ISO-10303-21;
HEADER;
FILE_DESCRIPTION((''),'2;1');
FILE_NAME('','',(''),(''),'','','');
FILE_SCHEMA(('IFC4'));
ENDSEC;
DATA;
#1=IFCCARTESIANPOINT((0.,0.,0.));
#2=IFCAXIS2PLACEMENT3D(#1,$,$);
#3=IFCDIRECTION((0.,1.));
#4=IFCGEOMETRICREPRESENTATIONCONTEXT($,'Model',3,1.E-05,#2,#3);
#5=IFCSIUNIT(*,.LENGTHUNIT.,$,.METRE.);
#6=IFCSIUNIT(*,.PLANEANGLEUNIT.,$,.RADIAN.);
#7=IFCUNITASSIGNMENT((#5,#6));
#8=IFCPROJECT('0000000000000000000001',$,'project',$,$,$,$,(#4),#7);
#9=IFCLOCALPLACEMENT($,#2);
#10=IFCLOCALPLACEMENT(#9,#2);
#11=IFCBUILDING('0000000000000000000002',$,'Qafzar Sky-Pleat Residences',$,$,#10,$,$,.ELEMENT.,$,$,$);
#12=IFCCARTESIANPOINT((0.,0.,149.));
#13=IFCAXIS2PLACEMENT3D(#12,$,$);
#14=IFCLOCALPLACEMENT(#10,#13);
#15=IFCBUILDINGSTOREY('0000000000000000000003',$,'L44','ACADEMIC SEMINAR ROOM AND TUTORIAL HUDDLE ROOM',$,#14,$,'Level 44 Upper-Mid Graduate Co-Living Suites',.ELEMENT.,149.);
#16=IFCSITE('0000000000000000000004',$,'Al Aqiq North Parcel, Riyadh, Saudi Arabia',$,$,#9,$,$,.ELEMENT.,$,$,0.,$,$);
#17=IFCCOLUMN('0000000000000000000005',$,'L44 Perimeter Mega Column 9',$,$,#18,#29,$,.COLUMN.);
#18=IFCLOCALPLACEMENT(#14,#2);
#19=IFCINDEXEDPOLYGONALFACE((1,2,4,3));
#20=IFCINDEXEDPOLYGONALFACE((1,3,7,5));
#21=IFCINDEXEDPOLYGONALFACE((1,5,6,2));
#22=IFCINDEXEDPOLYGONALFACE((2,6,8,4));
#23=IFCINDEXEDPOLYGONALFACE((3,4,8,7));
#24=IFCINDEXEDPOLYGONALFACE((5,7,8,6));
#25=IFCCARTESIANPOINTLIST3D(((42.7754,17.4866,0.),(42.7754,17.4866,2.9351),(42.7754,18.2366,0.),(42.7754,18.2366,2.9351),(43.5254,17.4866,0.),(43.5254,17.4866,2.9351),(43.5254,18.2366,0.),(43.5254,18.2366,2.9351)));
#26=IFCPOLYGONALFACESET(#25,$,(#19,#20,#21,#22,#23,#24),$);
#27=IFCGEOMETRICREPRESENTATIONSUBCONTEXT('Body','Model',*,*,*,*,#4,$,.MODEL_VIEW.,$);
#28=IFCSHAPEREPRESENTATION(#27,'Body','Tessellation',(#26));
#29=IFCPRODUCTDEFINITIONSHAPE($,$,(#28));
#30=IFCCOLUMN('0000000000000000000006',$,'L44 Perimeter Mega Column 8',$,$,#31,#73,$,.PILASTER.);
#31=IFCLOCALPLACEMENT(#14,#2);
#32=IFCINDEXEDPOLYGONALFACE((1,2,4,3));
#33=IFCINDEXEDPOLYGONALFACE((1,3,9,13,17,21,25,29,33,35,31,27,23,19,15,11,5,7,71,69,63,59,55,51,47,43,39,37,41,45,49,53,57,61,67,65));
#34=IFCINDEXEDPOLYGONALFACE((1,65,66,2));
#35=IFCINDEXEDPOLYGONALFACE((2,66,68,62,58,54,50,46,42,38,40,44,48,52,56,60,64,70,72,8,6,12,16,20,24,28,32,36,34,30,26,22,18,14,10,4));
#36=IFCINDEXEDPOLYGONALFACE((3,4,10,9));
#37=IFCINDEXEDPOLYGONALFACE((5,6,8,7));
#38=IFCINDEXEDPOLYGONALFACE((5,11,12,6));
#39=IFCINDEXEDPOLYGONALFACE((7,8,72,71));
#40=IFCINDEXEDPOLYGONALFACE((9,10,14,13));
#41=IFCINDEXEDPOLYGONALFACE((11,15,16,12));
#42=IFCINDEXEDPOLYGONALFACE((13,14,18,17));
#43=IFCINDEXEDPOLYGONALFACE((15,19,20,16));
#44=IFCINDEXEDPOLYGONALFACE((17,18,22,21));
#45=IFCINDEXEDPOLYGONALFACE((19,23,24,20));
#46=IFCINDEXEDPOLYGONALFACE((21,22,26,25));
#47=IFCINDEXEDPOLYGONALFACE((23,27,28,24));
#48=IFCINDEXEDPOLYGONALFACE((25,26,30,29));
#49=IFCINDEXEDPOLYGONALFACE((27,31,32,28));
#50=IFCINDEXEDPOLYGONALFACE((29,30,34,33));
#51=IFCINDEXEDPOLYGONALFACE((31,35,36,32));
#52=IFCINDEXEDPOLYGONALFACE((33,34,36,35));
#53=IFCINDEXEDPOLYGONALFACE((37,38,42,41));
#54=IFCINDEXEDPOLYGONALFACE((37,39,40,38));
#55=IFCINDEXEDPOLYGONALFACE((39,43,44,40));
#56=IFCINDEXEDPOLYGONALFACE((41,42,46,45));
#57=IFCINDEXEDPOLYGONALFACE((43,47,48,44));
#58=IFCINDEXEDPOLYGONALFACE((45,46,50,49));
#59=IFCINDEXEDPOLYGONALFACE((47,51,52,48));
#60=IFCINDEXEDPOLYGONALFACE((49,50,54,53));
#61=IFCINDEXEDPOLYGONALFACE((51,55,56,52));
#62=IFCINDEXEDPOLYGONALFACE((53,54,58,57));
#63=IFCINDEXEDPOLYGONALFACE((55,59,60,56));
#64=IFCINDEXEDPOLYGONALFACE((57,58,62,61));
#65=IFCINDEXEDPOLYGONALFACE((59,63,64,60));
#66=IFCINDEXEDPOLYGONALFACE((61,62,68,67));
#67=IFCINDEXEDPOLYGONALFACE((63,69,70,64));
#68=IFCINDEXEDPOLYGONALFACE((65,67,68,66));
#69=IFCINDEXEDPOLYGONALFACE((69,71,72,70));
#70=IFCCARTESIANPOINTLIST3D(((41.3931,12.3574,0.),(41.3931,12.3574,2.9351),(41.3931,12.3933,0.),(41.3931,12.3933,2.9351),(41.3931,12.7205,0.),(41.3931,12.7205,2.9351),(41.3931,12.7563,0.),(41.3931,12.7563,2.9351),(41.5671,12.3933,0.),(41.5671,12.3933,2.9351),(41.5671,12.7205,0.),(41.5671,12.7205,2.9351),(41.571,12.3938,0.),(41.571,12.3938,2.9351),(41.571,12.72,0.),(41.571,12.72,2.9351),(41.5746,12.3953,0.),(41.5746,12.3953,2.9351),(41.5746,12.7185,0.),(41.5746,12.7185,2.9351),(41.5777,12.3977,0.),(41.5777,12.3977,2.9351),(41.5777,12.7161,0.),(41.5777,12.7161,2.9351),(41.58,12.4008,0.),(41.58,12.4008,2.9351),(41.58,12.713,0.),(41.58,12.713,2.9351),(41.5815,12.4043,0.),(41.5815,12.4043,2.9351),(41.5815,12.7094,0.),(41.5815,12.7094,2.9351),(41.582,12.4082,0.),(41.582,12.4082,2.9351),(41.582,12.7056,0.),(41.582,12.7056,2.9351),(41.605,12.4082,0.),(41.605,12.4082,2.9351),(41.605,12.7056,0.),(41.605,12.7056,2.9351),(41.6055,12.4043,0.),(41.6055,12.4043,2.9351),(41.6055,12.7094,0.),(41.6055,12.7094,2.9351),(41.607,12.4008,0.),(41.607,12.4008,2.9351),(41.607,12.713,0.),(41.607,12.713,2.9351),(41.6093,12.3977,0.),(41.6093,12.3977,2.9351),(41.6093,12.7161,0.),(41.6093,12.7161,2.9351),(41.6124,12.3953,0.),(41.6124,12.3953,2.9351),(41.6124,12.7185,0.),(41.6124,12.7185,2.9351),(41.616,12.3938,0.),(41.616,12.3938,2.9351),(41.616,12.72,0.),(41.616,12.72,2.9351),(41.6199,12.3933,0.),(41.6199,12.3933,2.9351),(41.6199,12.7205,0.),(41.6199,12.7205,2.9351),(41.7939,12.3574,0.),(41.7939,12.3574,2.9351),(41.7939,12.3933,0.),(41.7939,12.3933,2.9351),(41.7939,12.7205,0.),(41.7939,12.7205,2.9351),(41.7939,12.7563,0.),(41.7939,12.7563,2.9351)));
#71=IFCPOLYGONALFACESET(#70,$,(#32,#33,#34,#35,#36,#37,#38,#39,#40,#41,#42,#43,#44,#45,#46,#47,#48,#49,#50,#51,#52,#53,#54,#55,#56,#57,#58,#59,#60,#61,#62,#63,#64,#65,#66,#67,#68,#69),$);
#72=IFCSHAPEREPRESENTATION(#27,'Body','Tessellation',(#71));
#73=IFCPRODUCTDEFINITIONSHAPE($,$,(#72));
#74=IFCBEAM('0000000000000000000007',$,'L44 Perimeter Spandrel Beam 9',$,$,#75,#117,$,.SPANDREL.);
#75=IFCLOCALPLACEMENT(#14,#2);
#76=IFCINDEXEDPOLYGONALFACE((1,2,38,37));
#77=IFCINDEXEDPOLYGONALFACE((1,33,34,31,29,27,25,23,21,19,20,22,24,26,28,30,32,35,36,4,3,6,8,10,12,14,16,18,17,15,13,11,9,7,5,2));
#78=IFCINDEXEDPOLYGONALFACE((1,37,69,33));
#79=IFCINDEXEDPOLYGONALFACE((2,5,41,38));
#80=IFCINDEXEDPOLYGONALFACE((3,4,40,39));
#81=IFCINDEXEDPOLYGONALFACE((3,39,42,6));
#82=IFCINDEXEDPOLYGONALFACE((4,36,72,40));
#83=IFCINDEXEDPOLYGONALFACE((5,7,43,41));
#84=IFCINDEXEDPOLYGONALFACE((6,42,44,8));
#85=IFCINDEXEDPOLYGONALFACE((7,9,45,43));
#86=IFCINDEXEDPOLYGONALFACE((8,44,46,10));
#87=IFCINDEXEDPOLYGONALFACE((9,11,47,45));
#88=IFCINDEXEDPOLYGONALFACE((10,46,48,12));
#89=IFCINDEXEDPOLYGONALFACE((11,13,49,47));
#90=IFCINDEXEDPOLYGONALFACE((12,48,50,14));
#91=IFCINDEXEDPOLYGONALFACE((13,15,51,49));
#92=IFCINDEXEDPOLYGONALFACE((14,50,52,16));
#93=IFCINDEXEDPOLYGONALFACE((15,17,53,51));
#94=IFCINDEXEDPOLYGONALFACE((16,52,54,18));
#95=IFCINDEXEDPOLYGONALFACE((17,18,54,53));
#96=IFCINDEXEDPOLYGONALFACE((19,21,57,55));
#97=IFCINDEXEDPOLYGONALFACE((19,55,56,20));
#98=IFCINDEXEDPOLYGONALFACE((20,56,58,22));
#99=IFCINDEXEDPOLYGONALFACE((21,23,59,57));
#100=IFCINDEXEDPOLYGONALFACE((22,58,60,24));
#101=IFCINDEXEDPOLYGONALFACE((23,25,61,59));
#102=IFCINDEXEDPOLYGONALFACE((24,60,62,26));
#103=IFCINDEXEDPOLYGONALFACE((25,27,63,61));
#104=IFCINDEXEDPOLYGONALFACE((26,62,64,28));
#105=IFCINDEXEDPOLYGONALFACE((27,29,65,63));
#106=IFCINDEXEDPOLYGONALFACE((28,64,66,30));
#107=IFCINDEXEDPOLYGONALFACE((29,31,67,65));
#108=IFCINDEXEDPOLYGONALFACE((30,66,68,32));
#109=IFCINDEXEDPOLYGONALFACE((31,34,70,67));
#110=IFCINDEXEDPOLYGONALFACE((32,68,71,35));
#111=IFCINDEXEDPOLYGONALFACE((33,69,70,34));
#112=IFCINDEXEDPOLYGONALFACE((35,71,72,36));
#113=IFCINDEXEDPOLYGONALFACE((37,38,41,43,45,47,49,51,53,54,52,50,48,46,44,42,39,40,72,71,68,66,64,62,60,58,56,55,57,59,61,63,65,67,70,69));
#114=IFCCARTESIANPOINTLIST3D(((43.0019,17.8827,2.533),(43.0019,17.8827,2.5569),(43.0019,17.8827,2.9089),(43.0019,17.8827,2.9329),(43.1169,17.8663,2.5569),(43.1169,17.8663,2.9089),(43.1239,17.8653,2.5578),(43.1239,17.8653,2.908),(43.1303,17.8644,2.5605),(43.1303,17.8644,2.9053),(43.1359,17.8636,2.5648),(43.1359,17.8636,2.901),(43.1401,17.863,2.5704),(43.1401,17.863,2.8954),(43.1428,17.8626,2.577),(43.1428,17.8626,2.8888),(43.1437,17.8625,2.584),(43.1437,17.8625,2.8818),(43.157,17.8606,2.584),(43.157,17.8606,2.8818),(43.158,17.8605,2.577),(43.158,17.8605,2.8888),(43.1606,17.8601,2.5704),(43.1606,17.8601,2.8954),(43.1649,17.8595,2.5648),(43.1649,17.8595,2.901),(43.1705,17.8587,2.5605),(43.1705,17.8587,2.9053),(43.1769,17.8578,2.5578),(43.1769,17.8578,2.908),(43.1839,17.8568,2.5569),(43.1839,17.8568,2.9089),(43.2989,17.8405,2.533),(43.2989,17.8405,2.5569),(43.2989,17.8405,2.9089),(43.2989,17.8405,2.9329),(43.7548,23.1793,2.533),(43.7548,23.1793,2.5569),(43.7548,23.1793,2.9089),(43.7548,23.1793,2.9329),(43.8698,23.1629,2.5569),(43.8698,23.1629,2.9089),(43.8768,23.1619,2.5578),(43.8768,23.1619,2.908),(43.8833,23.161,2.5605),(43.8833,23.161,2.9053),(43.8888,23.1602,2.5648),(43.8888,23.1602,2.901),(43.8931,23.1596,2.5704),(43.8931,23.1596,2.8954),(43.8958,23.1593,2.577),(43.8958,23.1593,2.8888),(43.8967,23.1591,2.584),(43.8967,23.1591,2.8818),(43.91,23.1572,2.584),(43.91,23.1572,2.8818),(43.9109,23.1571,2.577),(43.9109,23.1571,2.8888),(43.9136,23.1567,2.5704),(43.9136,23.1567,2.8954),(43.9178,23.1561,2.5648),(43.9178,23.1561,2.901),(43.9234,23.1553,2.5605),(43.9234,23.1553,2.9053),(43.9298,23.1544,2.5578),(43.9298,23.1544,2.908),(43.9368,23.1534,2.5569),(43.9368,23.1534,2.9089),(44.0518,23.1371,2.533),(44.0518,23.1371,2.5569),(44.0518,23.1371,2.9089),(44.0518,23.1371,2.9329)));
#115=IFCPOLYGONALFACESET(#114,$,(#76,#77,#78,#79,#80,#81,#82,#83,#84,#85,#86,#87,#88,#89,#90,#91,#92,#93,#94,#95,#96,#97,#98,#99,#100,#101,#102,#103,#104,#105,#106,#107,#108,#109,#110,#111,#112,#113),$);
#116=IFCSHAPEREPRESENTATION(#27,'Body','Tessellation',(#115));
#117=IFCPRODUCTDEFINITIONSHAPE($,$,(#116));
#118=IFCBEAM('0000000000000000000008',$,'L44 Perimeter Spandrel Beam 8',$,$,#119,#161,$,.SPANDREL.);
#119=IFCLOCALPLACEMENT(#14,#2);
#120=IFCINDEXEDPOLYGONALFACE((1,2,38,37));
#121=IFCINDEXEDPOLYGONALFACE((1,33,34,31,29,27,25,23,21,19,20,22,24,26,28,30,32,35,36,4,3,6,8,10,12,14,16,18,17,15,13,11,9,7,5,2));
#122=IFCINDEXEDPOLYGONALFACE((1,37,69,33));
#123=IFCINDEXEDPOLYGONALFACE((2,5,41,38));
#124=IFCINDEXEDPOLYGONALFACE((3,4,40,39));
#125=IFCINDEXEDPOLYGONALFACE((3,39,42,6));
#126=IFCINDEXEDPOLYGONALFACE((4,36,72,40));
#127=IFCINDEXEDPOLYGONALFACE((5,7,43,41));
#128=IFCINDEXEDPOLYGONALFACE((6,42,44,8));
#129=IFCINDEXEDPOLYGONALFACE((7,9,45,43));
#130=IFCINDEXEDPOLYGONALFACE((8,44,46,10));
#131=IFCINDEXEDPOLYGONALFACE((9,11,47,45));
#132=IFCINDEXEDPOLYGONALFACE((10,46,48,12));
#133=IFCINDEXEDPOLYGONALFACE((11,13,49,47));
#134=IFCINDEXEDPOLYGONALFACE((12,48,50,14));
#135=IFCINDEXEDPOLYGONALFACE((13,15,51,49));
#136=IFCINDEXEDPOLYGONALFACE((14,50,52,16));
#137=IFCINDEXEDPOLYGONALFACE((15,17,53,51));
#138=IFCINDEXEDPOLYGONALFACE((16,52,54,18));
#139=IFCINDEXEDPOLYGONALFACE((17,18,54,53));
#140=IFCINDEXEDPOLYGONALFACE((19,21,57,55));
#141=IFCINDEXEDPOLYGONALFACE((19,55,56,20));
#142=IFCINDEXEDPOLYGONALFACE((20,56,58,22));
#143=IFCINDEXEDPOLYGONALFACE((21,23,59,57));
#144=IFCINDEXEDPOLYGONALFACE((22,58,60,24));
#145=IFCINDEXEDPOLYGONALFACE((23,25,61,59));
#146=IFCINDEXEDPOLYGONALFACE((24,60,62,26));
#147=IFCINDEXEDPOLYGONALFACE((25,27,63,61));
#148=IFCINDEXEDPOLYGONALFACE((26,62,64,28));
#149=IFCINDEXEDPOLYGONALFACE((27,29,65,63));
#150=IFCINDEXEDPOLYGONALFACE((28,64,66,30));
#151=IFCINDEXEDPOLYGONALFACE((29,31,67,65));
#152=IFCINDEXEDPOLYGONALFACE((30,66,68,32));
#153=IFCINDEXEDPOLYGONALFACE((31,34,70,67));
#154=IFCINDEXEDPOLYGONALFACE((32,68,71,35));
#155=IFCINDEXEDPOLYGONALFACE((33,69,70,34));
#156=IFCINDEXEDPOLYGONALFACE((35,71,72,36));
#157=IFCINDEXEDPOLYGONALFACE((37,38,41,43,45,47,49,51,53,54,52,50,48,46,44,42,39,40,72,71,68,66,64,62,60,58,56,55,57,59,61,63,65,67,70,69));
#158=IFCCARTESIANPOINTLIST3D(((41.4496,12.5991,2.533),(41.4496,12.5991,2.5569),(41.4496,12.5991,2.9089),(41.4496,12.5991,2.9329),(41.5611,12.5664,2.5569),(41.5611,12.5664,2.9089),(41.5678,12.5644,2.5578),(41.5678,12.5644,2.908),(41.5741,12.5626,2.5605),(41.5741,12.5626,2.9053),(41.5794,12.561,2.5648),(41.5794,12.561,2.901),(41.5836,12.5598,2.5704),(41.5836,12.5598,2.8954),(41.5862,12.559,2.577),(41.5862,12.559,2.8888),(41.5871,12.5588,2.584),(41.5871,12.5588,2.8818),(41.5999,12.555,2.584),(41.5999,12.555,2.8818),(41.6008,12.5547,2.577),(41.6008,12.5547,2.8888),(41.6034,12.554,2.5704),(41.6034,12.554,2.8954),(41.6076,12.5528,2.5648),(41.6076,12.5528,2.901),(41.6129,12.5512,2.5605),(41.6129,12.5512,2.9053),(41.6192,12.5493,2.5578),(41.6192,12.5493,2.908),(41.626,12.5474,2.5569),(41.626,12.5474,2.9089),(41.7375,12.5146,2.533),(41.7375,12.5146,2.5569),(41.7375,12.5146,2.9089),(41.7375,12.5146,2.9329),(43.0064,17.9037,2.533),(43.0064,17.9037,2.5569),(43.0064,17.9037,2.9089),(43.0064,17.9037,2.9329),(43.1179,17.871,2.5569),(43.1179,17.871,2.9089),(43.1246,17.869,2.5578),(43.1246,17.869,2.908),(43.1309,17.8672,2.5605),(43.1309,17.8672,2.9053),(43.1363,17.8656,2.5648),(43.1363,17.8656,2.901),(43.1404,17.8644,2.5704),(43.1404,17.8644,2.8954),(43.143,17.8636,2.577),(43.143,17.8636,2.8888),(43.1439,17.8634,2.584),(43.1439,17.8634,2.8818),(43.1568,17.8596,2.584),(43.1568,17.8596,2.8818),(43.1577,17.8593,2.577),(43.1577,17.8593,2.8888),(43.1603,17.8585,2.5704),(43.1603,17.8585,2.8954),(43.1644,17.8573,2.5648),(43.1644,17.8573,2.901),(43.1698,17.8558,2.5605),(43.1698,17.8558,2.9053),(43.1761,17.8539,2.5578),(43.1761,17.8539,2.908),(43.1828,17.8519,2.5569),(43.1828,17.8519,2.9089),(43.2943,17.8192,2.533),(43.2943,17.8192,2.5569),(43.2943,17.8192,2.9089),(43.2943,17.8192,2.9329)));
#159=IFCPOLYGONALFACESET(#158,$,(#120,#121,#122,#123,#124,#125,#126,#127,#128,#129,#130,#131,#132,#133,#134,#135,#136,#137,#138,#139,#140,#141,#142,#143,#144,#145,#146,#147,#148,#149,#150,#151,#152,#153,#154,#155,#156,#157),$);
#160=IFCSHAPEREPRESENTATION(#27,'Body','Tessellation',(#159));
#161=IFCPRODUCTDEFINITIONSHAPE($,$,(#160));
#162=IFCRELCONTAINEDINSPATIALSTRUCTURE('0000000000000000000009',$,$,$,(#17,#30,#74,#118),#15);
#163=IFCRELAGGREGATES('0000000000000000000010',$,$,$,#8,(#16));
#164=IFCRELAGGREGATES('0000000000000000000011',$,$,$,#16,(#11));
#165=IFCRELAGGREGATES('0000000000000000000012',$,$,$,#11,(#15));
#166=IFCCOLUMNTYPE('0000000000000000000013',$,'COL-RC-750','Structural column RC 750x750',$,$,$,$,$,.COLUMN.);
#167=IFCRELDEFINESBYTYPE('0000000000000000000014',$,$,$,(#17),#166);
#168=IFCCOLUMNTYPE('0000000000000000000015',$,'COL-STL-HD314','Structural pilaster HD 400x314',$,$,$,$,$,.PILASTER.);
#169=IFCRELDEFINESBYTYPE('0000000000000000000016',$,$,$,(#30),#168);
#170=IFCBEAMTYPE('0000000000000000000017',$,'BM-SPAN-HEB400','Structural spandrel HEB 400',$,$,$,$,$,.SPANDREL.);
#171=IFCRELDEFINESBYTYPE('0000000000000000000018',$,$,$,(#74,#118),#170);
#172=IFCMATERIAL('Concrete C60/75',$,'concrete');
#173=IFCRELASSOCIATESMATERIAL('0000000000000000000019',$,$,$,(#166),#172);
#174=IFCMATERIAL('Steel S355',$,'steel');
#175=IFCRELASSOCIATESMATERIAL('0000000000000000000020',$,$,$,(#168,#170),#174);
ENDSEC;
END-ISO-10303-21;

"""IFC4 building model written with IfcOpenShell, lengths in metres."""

from ifc_helpers import new_model, si_unit, direction, frame, origin, origin_2d, place, context, subcontext, project, spatial, rectangle, i_section, extrude, source, transform, mapped, material, material_profile, profile_set, type_object, element, save


model = new_model("IFC4")

# Units and contexts
model_context = context("Model", 3, precision=1e-05, world=origin(), true_north=direction((0.0, 1.0)))
body_context = subcontext(model_context, "Body", "Model", "MODEL_VIEW")
ifc_project = project(units=[si_unit("LENGTHUNIT", "METRE"), si_unit("PLANEANGLEUNIT", "RADIAN")], contexts=[model_context])

# Site, building, storey
site_placement = place(None, origin())
site = spatial("IfcSite", under=ifc_project, at=site_placement, Name="Al Aqiq North Parcel, Riyadh, Saudi Arabia", CompositionType="ELEMENT", RefElevation=0.0)
building_placement = place(site_placement, origin())
building = spatial("IfcBuilding", under=site, at=building_placement, Name="Qafzar Sky-Pleat Residences", CompositionType="ELEMENT")
storey_placement = place(building_placement, frame((0.0, 0.0, 149.0)))
storey = spatial("IfcBuildingStorey", under=building, at=storey_placement, Name="L44", Description="ACADEMIC SEMINAR ROOM AND TUTORIAL HUDDLE ROOM", LongName="Level 44 Upper-Mid Graduate Co-Living Suites", CompositionType="ELEMENT", Elevation=149.0)

# Columns
ifc_material_1 = material(Name="Concrete C60/75", Category="concrete")
ifc_material_profile_1 = material_profile(ifc_material_1, rectangle(XDim=0.75, YDim=0.75, at=origin_2d()), Name="RC 750x750")
ifc_profile_set_1 = profile_set([ifc_material_profile_1], Name="Concrete C60/75")
column_type_1 = type_object("IfcColumnType", Name="COL-RC-750", Description="Structural column RC 750x750", PredefinedType="COLUMN", material=ifc_profile_set_1)
shared_shape_1 = source(origin(), body_context, "Body", "SweptSolid", [
    extrude(rectangle(XDim=0.75, YDim=0.75, at=origin_2d()), origin(), (0.0, 0.0, 1.0), 2.9351),
])
column_1_placement = place(storey_placement, frame((43.1504, 17.8616, 0.0), z_axis=(0.0, 0.0, 1.0), x_axis=(1.0, 0.0, 0.0)))
element("IfcColumn", 1, at=column_1_placement, inside=storey, type_object=column_type_1, Name="L44 Perimeter Mega Column 9", PredefinedType="COLUMN", context=body_context, shape_type="MappedRepresentation", body=[
    mapped(shared_shape_1, transform((0.0, 0.0, 0.0), x_axis=(1.0, 0.0, 0.0), y_axis=(0.0, 1.0, 0.0), z_axis=(0.0, 0.0, 1.0), scale=1.0)),
])
ifc_material_2 = material(Name="Steel S355", Category="steel")
ifc_material_profile_2 = material_profile(ifc_material_2, i_section(OverallWidth=0.4009, OverallDepth=0.3989, WebThickness=0.0229, FlangeThickness=0.0359, FilletRadius=0.0149, at=origin_2d()), Name="HD 400x314")
ifc_profile_set_2 = profile_set([ifc_material_profile_2], Name="Steel S355")
column_type_2 = type_object("IfcColumnType", Name="COL-STL-HD314", Description="Structural pilaster HD 400x314", PredefinedType="PILASTER", material=ifc_profile_set_2)
shared_shape_2 = source(origin(), body_context, "Body", "SweptSolid", [
    extrude(i_section(OverallWidth=0.4009, OverallDepth=0.3989, WebThickness=0.0229, FlangeThickness=0.0359, FilletRadius=0.0149, at=origin_2d()), origin(), (0.0, 0.0, 1.0), 2.9351),
])
column_2_placement = place(storey_placement, frame((41.5935, 12.5569, 0.0), z_axis=(0.0, 0.0, 1.0), x_axis=(1.0, 0.0, 0.0)))
element("IfcColumn", 2, at=column_2_placement, inside=storey, type_object=column_type_2, Name="L44 Perimeter Mega Column 8", PredefinedType="PILASTER", context=body_context, shape_type="MappedRepresentation", body=[
    mapped(shared_shape_2, transform((0.0, 0.0, 0.0), x_axis=(1.0, 0.0, 0.0), y_axis=(0.0, 1.0, 0.0), z_axis=(0.0, 0.0, 1.0), scale=1.0)),
])

# Beams
ifc_material_profile_3 = material_profile(ifc_material_2, i_section(OverallWidth=0.3, OverallDepth=0.3999, WebThickness=0.0134, FlangeThickness=0.0239, FilletRadius=0.0271, at=origin_2d()), Name="HEB 400")
ifc_profile_set_3 = profile_set([ifc_material_profile_3], Name="Steel S355")
beam_type_1 = type_object("IfcBeamType", Name="BM-SPAN-HEB400", Description="Structural spandrel HEB 400", PredefinedType="SPANDREL", material=ifc_profile_set_3)
shared_shape_3 = source(origin(), body_context, "Body", "SweptSolid", [
    extrude(i_section(OverallWidth=0.3, OverallDepth=0.3999, WebThickness=0.0134, FlangeThickness=0.0239, FilletRadius=0.0271, at=origin_2d()), origin(), (0.0, 0.0, 1.0), 5.3499),
])
beam_1_placement = place(storey_placement, frame((43.1504, 17.8616, 2.7329), z_axis=(0.140738, 0.990047, 0.0), x_axis=(-0.990047, 0.140738, 0.0)))
element("IfcBeam", 3, at=beam_1_placement, inside=storey, type_object=beam_type_1, Name="L44 Perimeter Spandrel Beam 9", PredefinedType="SPANDREL", context=body_context, shape_type="MappedRepresentation", body=[
    mapped(shared_shape_3, transform((0.0, 0.0, 0.0), x_axis=(1.0, 0.0, 0.0), y_axis=(0.0, 1.0, 0.0), z_axis=(0.0, 0.0, 1.0), scale=1.0)),
])
shared_shape_4 = source(origin(), body_context, "Body", "SweptSolid", [
    extrude(i_section(OverallWidth=0.3, OverallDepth=0.3999, WebThickness=0.0134, FlangeThickness=0.0239, FilletRadius=0.0271, at=origin_2d()), origin(), (0.0, 0.0, 1.0), 5.5283),
])
beam_2_placement = place(storey_placement, frame((41.5935, 12.5569, 2.7329), z_axis=(0.281614, 0.959528, 0.0), x_axis=(-0.959528, 0.281614, 0.0)))
element("IfcBeam", 4, at=beam_2_placement, inside=storey, type_object=beam_type_1, Name="L44 Perimeter Spandrel Beam 8", PredefinedType="SPANDREL", context=body_context, shape_type="MappedRepresentation", body=[
    mapped(shared_shape_4, transform((0.0, 0.0, 0.0), x_axis=(1.0, 0.0, 0.0), y_axis=(0.0, 1.0, 0.0), z_axis=(0.0, 0.0, 1.0), scale=1.0)),
])

save(model, "model.ifc")
